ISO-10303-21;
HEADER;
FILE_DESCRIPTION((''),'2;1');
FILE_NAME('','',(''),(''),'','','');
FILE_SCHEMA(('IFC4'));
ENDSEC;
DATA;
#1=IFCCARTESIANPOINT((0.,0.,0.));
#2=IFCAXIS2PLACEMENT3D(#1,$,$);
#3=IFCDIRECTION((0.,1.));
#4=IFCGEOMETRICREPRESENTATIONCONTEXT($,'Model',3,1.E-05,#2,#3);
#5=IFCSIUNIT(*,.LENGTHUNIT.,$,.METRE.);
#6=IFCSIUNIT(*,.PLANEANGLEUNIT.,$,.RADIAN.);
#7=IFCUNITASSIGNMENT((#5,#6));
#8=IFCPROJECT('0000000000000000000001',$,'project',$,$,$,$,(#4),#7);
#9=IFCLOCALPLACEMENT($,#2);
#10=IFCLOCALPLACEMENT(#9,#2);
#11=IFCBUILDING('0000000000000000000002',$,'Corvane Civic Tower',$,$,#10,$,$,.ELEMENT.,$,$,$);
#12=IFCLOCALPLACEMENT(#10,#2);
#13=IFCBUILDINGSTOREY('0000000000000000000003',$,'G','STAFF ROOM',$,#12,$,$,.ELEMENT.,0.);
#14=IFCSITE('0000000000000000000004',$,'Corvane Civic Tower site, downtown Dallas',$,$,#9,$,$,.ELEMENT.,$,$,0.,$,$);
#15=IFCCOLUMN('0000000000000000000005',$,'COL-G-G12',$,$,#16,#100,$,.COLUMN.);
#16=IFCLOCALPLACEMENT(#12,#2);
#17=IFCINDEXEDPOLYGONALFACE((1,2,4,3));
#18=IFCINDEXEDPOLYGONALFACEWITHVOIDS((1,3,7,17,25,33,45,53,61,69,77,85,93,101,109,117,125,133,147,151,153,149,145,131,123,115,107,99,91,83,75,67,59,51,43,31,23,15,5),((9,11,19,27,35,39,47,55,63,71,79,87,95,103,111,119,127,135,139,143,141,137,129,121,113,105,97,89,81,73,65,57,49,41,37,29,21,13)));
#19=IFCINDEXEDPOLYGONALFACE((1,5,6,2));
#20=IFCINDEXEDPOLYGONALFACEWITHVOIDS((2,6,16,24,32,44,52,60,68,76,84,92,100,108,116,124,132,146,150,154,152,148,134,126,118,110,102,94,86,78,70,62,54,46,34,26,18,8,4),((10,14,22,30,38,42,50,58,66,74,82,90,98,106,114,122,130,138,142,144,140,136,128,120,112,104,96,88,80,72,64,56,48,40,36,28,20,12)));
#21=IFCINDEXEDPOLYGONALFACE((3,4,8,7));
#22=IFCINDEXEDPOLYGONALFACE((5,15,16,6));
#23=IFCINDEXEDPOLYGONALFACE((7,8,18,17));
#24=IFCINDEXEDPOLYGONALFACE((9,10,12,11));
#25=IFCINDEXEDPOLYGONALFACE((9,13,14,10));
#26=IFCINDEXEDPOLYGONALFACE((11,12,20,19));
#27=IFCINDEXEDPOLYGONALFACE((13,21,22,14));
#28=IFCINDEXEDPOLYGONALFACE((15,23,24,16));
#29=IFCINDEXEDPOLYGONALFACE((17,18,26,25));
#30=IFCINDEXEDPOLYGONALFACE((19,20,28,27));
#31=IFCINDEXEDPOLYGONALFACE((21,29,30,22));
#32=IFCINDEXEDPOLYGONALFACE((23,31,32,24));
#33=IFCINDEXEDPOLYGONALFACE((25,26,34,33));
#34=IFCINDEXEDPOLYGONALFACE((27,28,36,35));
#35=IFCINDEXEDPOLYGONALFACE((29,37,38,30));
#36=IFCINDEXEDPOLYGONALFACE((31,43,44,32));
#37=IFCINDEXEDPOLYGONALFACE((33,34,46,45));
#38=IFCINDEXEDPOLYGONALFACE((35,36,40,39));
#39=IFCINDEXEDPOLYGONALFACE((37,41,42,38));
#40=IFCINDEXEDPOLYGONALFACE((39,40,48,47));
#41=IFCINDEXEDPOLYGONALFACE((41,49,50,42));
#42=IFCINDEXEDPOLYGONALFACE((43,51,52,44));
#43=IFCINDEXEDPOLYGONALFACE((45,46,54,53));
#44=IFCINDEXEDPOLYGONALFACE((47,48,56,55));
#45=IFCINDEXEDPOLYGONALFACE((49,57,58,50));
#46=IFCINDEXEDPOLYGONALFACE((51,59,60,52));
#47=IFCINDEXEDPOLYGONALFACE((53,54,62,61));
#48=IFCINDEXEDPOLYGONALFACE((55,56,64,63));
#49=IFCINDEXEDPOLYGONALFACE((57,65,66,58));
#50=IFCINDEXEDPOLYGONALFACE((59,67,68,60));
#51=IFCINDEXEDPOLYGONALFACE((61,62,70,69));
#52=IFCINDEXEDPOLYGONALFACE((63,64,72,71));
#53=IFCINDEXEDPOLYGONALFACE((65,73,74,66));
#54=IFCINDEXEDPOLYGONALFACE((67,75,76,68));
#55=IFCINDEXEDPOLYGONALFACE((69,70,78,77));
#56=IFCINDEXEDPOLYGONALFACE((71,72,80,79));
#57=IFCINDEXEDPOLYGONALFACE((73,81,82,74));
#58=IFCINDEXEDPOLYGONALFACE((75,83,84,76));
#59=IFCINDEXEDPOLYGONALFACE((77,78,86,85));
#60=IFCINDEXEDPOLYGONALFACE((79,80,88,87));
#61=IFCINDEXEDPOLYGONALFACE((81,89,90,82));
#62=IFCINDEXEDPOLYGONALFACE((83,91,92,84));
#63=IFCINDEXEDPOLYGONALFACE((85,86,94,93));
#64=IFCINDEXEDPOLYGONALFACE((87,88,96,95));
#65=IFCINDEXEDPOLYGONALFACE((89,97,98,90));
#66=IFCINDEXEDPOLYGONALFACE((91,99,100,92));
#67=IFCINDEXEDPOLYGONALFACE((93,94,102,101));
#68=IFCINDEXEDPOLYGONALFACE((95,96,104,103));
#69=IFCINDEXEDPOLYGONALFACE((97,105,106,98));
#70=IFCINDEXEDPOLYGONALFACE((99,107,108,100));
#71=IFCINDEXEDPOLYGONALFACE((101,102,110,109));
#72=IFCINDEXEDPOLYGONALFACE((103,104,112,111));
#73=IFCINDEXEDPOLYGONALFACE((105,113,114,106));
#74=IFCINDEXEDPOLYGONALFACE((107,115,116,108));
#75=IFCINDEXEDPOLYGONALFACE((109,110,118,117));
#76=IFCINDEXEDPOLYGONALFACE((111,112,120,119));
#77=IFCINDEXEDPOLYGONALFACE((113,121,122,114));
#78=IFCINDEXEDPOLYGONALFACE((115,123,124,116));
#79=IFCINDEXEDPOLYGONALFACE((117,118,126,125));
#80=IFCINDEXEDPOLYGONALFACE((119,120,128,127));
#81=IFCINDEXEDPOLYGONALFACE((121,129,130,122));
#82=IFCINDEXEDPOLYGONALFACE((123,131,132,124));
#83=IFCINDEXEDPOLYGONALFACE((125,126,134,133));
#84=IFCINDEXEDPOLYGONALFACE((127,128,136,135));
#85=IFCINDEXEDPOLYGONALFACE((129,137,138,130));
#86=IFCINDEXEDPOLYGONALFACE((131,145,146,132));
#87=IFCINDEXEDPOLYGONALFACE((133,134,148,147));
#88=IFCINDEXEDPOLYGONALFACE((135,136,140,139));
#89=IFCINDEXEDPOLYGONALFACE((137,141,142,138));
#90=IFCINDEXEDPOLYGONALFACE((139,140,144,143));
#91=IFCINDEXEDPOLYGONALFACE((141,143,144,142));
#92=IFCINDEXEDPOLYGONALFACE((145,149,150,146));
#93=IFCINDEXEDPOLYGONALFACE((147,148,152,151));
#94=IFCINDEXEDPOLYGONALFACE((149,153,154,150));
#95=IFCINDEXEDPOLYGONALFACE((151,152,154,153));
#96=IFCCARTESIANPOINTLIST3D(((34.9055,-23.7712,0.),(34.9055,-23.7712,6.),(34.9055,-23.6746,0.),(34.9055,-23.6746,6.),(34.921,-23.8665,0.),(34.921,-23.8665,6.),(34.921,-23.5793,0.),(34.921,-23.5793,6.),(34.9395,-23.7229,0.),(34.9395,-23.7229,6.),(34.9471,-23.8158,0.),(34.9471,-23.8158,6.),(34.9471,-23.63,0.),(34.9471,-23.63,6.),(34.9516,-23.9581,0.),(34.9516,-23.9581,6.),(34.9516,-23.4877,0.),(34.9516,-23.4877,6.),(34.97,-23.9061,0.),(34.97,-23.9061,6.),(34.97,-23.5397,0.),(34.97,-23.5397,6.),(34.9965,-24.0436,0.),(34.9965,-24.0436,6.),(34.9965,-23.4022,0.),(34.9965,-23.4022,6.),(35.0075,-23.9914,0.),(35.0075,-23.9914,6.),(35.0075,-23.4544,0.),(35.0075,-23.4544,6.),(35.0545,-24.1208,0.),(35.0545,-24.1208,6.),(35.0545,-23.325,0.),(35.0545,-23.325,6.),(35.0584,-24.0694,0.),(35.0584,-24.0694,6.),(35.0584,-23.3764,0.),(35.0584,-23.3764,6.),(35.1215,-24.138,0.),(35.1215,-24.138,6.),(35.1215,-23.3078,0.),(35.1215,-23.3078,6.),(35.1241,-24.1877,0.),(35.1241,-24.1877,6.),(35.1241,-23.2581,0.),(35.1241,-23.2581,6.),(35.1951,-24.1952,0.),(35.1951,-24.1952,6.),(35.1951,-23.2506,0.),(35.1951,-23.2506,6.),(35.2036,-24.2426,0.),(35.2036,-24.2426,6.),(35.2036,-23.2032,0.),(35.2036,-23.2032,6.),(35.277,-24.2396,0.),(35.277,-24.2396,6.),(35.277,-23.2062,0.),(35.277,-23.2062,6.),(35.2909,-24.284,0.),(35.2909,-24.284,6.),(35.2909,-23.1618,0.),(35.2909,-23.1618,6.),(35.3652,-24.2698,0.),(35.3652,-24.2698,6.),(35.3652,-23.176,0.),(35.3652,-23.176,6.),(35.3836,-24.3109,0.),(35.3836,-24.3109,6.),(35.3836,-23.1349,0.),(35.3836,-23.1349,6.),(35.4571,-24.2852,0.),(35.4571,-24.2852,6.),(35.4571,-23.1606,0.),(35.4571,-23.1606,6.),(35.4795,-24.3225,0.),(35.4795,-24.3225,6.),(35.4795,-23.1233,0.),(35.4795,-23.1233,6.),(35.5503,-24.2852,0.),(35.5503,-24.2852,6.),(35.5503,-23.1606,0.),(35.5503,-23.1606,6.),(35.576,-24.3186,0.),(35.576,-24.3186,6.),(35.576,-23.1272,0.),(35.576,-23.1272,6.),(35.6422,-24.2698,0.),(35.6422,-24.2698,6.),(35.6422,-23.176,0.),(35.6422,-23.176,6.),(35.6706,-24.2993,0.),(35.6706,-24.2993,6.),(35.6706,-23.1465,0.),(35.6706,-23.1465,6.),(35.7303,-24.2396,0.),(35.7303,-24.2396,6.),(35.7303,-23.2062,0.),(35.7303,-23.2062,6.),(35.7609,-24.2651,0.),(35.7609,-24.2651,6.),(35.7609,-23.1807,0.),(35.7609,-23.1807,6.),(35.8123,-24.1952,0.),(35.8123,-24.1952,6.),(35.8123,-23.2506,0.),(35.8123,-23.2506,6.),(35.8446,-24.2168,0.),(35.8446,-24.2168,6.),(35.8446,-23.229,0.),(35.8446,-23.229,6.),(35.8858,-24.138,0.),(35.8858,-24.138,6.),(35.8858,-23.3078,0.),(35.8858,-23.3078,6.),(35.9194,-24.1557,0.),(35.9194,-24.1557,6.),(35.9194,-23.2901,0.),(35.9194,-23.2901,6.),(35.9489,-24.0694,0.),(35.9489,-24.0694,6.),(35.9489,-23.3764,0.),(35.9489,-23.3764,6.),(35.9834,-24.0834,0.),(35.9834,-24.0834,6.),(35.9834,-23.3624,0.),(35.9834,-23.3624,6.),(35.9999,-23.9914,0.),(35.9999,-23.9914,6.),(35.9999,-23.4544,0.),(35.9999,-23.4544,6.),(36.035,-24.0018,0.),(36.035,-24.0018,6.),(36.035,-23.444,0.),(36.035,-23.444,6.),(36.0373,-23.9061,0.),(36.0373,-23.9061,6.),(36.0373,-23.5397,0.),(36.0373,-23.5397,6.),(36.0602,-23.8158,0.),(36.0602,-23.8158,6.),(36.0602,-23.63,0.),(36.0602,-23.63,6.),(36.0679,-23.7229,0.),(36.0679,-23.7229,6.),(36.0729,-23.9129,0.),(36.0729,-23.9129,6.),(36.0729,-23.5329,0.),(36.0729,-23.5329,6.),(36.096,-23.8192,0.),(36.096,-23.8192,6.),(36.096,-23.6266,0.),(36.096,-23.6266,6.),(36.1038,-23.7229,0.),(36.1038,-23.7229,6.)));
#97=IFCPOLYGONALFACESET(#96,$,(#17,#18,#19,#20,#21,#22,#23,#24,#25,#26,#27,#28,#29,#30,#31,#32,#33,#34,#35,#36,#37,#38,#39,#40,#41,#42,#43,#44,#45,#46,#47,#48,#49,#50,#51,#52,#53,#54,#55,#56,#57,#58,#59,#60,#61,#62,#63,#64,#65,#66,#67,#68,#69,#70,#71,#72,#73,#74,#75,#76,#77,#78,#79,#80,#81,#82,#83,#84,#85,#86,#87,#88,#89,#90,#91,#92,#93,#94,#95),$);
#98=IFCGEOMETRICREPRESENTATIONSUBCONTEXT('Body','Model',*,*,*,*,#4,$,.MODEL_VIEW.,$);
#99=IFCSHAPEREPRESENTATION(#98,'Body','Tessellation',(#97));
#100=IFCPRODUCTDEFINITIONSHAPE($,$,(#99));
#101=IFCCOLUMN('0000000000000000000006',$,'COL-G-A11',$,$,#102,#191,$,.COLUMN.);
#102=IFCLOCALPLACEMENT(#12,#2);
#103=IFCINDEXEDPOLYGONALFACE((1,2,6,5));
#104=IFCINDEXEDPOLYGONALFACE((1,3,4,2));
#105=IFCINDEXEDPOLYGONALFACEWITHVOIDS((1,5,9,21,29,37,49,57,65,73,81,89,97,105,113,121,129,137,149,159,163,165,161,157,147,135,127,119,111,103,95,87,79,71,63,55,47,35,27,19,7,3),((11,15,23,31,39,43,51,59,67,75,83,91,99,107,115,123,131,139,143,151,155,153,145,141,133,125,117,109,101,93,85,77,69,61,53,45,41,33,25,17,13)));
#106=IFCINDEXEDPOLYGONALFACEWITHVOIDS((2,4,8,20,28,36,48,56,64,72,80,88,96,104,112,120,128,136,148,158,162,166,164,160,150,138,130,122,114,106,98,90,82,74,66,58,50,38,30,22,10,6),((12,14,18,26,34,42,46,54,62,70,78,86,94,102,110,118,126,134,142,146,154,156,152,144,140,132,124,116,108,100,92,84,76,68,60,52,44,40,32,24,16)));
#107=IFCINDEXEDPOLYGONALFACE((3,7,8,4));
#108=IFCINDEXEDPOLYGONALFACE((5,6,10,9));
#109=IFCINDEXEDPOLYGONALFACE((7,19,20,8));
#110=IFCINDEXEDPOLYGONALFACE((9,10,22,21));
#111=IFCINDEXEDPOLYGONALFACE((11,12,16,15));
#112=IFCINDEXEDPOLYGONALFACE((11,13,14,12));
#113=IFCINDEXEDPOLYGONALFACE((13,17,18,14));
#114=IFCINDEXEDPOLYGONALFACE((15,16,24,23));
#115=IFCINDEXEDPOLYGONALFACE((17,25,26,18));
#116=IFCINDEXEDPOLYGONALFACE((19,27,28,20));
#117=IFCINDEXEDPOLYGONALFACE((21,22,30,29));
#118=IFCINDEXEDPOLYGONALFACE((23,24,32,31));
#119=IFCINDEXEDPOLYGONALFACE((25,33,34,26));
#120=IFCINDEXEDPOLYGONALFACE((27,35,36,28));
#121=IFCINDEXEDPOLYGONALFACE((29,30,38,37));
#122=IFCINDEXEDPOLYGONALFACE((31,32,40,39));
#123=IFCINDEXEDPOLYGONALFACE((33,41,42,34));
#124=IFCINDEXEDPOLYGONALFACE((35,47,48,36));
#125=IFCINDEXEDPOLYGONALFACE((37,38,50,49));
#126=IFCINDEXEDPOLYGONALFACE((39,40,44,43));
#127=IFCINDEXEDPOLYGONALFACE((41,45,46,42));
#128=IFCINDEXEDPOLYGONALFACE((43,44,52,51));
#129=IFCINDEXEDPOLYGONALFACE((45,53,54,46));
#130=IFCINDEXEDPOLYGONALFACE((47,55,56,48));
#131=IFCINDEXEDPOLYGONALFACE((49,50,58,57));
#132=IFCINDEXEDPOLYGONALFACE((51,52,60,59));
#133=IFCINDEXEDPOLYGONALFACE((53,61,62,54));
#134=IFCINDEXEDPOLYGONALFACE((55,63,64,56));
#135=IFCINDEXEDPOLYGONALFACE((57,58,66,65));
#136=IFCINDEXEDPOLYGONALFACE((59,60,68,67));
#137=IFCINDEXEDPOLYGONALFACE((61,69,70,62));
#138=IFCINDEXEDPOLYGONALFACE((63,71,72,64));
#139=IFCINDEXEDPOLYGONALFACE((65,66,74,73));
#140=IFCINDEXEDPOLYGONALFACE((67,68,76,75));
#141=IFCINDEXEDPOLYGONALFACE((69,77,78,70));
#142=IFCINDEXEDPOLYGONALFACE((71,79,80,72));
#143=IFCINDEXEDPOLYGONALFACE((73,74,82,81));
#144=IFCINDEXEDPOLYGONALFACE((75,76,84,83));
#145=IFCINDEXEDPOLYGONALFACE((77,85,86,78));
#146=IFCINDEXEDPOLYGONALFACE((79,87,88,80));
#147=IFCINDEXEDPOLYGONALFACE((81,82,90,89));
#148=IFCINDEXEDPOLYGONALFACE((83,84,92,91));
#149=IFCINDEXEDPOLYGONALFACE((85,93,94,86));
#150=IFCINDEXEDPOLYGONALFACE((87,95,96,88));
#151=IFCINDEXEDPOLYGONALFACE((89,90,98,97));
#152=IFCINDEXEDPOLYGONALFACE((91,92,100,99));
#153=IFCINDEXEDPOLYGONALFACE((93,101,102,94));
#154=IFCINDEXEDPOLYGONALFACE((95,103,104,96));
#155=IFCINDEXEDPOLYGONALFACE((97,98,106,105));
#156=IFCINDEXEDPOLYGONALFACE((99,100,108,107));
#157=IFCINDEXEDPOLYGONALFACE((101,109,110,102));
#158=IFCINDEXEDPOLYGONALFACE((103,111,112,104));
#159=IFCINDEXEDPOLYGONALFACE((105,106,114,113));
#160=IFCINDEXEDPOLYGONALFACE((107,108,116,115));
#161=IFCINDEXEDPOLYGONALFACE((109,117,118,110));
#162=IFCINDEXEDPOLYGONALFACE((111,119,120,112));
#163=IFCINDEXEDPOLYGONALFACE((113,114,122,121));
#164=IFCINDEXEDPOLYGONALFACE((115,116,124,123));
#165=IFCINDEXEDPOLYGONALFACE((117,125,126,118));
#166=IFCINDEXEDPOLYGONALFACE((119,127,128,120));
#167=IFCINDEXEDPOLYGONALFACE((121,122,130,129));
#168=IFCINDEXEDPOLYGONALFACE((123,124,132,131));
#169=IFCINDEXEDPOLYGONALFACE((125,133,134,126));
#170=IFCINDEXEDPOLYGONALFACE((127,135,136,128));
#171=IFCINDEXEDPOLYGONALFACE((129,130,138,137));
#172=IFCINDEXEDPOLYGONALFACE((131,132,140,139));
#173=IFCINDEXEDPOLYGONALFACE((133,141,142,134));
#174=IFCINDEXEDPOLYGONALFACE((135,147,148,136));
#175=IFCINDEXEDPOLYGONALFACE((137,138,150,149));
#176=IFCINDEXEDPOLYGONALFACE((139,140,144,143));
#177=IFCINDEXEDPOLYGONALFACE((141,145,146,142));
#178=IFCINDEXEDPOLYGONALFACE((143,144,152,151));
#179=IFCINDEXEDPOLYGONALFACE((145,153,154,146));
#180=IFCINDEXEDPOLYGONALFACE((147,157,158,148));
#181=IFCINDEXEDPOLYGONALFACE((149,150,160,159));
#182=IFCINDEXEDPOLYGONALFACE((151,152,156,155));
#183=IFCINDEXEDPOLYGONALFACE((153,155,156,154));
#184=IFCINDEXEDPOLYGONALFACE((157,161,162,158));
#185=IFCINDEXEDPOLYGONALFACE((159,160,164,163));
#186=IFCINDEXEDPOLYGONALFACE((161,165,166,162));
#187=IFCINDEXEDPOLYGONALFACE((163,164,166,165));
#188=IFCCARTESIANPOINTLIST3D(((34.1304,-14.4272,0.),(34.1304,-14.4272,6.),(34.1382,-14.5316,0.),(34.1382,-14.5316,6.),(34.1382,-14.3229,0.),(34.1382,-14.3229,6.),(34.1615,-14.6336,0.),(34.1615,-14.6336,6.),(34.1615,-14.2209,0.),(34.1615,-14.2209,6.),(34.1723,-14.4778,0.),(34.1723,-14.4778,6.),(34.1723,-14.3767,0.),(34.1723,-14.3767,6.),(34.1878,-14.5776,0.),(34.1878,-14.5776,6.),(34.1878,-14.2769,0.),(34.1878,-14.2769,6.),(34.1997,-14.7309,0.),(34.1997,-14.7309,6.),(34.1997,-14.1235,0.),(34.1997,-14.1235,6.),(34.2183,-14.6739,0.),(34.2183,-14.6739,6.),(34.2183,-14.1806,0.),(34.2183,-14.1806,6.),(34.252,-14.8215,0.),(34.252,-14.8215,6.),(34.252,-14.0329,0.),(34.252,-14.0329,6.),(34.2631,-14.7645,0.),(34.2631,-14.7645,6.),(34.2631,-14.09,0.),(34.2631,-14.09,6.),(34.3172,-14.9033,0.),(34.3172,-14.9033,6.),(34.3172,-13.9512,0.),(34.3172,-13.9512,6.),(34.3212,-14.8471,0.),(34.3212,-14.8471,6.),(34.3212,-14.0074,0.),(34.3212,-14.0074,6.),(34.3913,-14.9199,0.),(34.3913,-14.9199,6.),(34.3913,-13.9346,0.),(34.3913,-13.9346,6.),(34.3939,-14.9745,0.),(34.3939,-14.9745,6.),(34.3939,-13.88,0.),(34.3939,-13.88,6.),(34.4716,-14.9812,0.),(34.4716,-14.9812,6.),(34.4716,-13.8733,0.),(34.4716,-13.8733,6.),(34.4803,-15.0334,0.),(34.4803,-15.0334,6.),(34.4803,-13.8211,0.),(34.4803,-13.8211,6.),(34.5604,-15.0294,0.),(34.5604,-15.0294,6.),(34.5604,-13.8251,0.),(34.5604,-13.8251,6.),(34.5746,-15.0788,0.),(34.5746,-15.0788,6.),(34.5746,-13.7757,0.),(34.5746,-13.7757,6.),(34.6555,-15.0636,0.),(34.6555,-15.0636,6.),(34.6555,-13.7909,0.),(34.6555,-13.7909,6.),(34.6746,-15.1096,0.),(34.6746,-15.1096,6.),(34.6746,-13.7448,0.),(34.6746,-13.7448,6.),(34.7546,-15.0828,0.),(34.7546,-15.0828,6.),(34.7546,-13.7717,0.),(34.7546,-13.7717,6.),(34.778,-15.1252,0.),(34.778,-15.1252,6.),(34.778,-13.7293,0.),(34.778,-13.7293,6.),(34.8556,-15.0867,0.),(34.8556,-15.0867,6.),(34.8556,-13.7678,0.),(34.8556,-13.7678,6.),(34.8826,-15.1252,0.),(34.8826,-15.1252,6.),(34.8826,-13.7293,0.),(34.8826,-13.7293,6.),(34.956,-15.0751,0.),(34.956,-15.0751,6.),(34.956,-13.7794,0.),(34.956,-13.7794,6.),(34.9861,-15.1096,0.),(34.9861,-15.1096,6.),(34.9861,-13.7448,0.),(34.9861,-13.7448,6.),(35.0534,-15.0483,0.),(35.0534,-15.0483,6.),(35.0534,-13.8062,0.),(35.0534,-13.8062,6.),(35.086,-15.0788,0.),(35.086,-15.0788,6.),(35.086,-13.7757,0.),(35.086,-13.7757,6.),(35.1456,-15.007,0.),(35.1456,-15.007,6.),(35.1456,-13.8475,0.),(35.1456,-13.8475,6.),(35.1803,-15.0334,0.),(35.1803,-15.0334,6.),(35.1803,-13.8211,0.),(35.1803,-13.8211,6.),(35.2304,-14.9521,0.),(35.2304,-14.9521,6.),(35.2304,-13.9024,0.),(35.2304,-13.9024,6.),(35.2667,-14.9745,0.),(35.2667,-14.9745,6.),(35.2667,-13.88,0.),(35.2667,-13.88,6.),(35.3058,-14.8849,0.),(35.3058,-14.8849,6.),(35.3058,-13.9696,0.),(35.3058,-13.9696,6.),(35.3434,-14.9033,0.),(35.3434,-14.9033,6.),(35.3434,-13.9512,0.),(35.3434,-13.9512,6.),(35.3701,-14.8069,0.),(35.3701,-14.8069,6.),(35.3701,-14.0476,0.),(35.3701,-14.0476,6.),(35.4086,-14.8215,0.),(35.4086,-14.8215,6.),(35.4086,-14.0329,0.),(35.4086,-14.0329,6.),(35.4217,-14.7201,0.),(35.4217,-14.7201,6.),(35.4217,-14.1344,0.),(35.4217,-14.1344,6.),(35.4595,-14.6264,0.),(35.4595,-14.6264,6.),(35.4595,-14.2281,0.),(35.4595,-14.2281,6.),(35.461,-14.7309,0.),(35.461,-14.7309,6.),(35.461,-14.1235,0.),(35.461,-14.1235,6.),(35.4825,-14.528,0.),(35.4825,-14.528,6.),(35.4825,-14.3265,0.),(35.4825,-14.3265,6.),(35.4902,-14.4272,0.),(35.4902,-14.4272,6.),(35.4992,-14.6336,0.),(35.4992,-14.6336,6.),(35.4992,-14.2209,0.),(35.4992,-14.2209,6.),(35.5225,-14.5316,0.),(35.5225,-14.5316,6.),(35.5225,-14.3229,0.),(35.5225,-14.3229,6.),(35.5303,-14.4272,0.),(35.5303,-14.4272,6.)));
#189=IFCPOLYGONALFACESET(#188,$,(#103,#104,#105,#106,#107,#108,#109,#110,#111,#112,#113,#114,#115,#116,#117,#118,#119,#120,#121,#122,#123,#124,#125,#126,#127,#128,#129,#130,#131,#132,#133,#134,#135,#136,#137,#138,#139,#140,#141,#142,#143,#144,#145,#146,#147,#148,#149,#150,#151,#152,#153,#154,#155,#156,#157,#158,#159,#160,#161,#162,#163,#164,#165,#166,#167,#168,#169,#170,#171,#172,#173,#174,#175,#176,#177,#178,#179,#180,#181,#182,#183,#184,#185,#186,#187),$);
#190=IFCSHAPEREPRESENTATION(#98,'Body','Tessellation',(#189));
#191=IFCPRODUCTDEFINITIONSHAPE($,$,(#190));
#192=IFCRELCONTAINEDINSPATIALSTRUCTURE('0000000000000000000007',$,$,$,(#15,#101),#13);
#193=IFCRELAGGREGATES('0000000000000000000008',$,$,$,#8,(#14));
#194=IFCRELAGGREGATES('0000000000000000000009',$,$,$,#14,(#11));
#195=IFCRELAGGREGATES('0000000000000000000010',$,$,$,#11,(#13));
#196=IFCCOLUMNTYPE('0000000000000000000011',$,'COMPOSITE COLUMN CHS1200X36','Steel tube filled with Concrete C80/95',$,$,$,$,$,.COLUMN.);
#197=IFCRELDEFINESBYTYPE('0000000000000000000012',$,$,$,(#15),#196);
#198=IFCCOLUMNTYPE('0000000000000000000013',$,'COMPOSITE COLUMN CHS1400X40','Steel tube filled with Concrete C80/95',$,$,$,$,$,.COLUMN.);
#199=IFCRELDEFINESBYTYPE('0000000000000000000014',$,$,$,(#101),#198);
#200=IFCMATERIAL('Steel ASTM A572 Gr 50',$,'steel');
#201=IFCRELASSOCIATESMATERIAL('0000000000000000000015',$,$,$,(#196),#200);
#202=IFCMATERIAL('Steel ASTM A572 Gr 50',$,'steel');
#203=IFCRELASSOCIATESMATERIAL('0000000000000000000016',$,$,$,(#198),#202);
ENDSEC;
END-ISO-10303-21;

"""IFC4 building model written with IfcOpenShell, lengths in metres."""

from ifc_helpers import new_model, si_unit, direction, frame, origin, origin_2d, place, context, subcontext, project, spatial, hollow_circle, extrude, material, material_profile, profile_set, type_object, element, save


model = new_model("IFC4")

# Units and contexts
model_context = context("Model", 3, precision=1e-05, world=origin(), true_north=direction((0.0, 1.0)))
body_context = subcontext(model_context, "Body", "Model", "MODEL_VIEW")
ifc_project = project(units=[si_unit("LENGTHUNIT", "METRE"), si_unit("PLANEANGLEUNIT", "RADIAN")], contexts=[model_context])

# Site, building, storey
site_placement = place(None, origin())
site = spatial("IfcSite", under=ifc_project, at=site_placement, Name="Corvane Civic Tower site, downtown Dallas", CompositionType="ELEMENT", RefElevation=0.0)
building_placement = place(site_placement, origin())
building = spatial("IfcBuilding", under=site, at=building_placement, Name="Corvane Civic Tower", CompositionType="ELEMENT")
storey_placement = place(building_placement, origin())
storey = spatial("IfcBuildingStorey", under=building, at=storey_placement, Name="G", Description="STAFF ROOM", CompositionType="ELEMENT", Elevation=0.0)

# Columns
ifc_material_1 = material(Name="Steel ASTM A572 Gr 50", Category="steel")
ifc_material_profile_1 = material_profile(ifc_material_1, hollow_circle(Radius=0.6001, WallThickness=0.0359, at=origin_2d()), Name="CHS1200X36")
ifc_profile_set_1 = profile_set([ifc_material_profile_1], Name="Steel ASTM A572 Gr 50")
column_type_1 = type_object("IfcColumnType", Name="COMPOSITE COLUMN CHS1200X36", Description="Steel tube filled with Concrete C80/95", PredefinedType="COLUMN", material=ifc_profile_set_1)
for number, where, z_axis, x_axis, name in (
    (1, (35.5037, -23.7229, 0.0), (0.0, 0.0, 1.0), (1.0, 0.0, 0.0), "COL-G-G12"),
):
    element("IfcColumn", number, at=place(storey_placement, frame(where, z_axis=z_axis, x_axis=x_axis)), inside=storey, type_object=column_type_1, Name=name, PredefinedType="COLUMN", context=body_context, shape_type="SweptSolid", body=[
        extrude(hollow_circle(Radius=0.6001, WallThickness=0.0359, at=origin_2d()), origin(), (0.0, 0.0, 1.0), 6.0),
    ])
ifc_material_2 = material(Name="Steel ASTM A572 Gr 50", Category="steel")
ifc_material_profile_2 = material_profile(ifc_material_2, hollow_circle(Radius=0.7, WallThickness=0.04, at=origin_2d()), Name="CHS1400X40")
ifc_profile_set_2 = profile_set([ifc_material_profile_2], Name="Steel ASTM A572 Gr 50")
column_type_2 = type_object("IfcColumnType", Name="COMPOSITE COLUMN CHS1400X40", Description="Steel tube filled with Concrete C80/95", PredefinedType="COLUMN", material=ifc_profile_set_2)
column_placement = place(storey_placement, frame((34.8303, -14.4272, 0.0), z_axis=(0.0, 0.0, 1.0), x_axis=(1.0, 0.0, 0.0)))
element("IfcColumn", 2, at=column_placement, inside=storey, type_object=column_type_2, Name="COL-G-A11", PredefinedType="COLUMN", context=body_context, shape_type="SweptSolid", body=[
    extrude(hollow_circle(Radius=0.7, WallThickness=0.04, at=origin_2d()), origin(), (0.0, 0.0, 1.0), 6.0),
])

save(model, "model.ifc")
